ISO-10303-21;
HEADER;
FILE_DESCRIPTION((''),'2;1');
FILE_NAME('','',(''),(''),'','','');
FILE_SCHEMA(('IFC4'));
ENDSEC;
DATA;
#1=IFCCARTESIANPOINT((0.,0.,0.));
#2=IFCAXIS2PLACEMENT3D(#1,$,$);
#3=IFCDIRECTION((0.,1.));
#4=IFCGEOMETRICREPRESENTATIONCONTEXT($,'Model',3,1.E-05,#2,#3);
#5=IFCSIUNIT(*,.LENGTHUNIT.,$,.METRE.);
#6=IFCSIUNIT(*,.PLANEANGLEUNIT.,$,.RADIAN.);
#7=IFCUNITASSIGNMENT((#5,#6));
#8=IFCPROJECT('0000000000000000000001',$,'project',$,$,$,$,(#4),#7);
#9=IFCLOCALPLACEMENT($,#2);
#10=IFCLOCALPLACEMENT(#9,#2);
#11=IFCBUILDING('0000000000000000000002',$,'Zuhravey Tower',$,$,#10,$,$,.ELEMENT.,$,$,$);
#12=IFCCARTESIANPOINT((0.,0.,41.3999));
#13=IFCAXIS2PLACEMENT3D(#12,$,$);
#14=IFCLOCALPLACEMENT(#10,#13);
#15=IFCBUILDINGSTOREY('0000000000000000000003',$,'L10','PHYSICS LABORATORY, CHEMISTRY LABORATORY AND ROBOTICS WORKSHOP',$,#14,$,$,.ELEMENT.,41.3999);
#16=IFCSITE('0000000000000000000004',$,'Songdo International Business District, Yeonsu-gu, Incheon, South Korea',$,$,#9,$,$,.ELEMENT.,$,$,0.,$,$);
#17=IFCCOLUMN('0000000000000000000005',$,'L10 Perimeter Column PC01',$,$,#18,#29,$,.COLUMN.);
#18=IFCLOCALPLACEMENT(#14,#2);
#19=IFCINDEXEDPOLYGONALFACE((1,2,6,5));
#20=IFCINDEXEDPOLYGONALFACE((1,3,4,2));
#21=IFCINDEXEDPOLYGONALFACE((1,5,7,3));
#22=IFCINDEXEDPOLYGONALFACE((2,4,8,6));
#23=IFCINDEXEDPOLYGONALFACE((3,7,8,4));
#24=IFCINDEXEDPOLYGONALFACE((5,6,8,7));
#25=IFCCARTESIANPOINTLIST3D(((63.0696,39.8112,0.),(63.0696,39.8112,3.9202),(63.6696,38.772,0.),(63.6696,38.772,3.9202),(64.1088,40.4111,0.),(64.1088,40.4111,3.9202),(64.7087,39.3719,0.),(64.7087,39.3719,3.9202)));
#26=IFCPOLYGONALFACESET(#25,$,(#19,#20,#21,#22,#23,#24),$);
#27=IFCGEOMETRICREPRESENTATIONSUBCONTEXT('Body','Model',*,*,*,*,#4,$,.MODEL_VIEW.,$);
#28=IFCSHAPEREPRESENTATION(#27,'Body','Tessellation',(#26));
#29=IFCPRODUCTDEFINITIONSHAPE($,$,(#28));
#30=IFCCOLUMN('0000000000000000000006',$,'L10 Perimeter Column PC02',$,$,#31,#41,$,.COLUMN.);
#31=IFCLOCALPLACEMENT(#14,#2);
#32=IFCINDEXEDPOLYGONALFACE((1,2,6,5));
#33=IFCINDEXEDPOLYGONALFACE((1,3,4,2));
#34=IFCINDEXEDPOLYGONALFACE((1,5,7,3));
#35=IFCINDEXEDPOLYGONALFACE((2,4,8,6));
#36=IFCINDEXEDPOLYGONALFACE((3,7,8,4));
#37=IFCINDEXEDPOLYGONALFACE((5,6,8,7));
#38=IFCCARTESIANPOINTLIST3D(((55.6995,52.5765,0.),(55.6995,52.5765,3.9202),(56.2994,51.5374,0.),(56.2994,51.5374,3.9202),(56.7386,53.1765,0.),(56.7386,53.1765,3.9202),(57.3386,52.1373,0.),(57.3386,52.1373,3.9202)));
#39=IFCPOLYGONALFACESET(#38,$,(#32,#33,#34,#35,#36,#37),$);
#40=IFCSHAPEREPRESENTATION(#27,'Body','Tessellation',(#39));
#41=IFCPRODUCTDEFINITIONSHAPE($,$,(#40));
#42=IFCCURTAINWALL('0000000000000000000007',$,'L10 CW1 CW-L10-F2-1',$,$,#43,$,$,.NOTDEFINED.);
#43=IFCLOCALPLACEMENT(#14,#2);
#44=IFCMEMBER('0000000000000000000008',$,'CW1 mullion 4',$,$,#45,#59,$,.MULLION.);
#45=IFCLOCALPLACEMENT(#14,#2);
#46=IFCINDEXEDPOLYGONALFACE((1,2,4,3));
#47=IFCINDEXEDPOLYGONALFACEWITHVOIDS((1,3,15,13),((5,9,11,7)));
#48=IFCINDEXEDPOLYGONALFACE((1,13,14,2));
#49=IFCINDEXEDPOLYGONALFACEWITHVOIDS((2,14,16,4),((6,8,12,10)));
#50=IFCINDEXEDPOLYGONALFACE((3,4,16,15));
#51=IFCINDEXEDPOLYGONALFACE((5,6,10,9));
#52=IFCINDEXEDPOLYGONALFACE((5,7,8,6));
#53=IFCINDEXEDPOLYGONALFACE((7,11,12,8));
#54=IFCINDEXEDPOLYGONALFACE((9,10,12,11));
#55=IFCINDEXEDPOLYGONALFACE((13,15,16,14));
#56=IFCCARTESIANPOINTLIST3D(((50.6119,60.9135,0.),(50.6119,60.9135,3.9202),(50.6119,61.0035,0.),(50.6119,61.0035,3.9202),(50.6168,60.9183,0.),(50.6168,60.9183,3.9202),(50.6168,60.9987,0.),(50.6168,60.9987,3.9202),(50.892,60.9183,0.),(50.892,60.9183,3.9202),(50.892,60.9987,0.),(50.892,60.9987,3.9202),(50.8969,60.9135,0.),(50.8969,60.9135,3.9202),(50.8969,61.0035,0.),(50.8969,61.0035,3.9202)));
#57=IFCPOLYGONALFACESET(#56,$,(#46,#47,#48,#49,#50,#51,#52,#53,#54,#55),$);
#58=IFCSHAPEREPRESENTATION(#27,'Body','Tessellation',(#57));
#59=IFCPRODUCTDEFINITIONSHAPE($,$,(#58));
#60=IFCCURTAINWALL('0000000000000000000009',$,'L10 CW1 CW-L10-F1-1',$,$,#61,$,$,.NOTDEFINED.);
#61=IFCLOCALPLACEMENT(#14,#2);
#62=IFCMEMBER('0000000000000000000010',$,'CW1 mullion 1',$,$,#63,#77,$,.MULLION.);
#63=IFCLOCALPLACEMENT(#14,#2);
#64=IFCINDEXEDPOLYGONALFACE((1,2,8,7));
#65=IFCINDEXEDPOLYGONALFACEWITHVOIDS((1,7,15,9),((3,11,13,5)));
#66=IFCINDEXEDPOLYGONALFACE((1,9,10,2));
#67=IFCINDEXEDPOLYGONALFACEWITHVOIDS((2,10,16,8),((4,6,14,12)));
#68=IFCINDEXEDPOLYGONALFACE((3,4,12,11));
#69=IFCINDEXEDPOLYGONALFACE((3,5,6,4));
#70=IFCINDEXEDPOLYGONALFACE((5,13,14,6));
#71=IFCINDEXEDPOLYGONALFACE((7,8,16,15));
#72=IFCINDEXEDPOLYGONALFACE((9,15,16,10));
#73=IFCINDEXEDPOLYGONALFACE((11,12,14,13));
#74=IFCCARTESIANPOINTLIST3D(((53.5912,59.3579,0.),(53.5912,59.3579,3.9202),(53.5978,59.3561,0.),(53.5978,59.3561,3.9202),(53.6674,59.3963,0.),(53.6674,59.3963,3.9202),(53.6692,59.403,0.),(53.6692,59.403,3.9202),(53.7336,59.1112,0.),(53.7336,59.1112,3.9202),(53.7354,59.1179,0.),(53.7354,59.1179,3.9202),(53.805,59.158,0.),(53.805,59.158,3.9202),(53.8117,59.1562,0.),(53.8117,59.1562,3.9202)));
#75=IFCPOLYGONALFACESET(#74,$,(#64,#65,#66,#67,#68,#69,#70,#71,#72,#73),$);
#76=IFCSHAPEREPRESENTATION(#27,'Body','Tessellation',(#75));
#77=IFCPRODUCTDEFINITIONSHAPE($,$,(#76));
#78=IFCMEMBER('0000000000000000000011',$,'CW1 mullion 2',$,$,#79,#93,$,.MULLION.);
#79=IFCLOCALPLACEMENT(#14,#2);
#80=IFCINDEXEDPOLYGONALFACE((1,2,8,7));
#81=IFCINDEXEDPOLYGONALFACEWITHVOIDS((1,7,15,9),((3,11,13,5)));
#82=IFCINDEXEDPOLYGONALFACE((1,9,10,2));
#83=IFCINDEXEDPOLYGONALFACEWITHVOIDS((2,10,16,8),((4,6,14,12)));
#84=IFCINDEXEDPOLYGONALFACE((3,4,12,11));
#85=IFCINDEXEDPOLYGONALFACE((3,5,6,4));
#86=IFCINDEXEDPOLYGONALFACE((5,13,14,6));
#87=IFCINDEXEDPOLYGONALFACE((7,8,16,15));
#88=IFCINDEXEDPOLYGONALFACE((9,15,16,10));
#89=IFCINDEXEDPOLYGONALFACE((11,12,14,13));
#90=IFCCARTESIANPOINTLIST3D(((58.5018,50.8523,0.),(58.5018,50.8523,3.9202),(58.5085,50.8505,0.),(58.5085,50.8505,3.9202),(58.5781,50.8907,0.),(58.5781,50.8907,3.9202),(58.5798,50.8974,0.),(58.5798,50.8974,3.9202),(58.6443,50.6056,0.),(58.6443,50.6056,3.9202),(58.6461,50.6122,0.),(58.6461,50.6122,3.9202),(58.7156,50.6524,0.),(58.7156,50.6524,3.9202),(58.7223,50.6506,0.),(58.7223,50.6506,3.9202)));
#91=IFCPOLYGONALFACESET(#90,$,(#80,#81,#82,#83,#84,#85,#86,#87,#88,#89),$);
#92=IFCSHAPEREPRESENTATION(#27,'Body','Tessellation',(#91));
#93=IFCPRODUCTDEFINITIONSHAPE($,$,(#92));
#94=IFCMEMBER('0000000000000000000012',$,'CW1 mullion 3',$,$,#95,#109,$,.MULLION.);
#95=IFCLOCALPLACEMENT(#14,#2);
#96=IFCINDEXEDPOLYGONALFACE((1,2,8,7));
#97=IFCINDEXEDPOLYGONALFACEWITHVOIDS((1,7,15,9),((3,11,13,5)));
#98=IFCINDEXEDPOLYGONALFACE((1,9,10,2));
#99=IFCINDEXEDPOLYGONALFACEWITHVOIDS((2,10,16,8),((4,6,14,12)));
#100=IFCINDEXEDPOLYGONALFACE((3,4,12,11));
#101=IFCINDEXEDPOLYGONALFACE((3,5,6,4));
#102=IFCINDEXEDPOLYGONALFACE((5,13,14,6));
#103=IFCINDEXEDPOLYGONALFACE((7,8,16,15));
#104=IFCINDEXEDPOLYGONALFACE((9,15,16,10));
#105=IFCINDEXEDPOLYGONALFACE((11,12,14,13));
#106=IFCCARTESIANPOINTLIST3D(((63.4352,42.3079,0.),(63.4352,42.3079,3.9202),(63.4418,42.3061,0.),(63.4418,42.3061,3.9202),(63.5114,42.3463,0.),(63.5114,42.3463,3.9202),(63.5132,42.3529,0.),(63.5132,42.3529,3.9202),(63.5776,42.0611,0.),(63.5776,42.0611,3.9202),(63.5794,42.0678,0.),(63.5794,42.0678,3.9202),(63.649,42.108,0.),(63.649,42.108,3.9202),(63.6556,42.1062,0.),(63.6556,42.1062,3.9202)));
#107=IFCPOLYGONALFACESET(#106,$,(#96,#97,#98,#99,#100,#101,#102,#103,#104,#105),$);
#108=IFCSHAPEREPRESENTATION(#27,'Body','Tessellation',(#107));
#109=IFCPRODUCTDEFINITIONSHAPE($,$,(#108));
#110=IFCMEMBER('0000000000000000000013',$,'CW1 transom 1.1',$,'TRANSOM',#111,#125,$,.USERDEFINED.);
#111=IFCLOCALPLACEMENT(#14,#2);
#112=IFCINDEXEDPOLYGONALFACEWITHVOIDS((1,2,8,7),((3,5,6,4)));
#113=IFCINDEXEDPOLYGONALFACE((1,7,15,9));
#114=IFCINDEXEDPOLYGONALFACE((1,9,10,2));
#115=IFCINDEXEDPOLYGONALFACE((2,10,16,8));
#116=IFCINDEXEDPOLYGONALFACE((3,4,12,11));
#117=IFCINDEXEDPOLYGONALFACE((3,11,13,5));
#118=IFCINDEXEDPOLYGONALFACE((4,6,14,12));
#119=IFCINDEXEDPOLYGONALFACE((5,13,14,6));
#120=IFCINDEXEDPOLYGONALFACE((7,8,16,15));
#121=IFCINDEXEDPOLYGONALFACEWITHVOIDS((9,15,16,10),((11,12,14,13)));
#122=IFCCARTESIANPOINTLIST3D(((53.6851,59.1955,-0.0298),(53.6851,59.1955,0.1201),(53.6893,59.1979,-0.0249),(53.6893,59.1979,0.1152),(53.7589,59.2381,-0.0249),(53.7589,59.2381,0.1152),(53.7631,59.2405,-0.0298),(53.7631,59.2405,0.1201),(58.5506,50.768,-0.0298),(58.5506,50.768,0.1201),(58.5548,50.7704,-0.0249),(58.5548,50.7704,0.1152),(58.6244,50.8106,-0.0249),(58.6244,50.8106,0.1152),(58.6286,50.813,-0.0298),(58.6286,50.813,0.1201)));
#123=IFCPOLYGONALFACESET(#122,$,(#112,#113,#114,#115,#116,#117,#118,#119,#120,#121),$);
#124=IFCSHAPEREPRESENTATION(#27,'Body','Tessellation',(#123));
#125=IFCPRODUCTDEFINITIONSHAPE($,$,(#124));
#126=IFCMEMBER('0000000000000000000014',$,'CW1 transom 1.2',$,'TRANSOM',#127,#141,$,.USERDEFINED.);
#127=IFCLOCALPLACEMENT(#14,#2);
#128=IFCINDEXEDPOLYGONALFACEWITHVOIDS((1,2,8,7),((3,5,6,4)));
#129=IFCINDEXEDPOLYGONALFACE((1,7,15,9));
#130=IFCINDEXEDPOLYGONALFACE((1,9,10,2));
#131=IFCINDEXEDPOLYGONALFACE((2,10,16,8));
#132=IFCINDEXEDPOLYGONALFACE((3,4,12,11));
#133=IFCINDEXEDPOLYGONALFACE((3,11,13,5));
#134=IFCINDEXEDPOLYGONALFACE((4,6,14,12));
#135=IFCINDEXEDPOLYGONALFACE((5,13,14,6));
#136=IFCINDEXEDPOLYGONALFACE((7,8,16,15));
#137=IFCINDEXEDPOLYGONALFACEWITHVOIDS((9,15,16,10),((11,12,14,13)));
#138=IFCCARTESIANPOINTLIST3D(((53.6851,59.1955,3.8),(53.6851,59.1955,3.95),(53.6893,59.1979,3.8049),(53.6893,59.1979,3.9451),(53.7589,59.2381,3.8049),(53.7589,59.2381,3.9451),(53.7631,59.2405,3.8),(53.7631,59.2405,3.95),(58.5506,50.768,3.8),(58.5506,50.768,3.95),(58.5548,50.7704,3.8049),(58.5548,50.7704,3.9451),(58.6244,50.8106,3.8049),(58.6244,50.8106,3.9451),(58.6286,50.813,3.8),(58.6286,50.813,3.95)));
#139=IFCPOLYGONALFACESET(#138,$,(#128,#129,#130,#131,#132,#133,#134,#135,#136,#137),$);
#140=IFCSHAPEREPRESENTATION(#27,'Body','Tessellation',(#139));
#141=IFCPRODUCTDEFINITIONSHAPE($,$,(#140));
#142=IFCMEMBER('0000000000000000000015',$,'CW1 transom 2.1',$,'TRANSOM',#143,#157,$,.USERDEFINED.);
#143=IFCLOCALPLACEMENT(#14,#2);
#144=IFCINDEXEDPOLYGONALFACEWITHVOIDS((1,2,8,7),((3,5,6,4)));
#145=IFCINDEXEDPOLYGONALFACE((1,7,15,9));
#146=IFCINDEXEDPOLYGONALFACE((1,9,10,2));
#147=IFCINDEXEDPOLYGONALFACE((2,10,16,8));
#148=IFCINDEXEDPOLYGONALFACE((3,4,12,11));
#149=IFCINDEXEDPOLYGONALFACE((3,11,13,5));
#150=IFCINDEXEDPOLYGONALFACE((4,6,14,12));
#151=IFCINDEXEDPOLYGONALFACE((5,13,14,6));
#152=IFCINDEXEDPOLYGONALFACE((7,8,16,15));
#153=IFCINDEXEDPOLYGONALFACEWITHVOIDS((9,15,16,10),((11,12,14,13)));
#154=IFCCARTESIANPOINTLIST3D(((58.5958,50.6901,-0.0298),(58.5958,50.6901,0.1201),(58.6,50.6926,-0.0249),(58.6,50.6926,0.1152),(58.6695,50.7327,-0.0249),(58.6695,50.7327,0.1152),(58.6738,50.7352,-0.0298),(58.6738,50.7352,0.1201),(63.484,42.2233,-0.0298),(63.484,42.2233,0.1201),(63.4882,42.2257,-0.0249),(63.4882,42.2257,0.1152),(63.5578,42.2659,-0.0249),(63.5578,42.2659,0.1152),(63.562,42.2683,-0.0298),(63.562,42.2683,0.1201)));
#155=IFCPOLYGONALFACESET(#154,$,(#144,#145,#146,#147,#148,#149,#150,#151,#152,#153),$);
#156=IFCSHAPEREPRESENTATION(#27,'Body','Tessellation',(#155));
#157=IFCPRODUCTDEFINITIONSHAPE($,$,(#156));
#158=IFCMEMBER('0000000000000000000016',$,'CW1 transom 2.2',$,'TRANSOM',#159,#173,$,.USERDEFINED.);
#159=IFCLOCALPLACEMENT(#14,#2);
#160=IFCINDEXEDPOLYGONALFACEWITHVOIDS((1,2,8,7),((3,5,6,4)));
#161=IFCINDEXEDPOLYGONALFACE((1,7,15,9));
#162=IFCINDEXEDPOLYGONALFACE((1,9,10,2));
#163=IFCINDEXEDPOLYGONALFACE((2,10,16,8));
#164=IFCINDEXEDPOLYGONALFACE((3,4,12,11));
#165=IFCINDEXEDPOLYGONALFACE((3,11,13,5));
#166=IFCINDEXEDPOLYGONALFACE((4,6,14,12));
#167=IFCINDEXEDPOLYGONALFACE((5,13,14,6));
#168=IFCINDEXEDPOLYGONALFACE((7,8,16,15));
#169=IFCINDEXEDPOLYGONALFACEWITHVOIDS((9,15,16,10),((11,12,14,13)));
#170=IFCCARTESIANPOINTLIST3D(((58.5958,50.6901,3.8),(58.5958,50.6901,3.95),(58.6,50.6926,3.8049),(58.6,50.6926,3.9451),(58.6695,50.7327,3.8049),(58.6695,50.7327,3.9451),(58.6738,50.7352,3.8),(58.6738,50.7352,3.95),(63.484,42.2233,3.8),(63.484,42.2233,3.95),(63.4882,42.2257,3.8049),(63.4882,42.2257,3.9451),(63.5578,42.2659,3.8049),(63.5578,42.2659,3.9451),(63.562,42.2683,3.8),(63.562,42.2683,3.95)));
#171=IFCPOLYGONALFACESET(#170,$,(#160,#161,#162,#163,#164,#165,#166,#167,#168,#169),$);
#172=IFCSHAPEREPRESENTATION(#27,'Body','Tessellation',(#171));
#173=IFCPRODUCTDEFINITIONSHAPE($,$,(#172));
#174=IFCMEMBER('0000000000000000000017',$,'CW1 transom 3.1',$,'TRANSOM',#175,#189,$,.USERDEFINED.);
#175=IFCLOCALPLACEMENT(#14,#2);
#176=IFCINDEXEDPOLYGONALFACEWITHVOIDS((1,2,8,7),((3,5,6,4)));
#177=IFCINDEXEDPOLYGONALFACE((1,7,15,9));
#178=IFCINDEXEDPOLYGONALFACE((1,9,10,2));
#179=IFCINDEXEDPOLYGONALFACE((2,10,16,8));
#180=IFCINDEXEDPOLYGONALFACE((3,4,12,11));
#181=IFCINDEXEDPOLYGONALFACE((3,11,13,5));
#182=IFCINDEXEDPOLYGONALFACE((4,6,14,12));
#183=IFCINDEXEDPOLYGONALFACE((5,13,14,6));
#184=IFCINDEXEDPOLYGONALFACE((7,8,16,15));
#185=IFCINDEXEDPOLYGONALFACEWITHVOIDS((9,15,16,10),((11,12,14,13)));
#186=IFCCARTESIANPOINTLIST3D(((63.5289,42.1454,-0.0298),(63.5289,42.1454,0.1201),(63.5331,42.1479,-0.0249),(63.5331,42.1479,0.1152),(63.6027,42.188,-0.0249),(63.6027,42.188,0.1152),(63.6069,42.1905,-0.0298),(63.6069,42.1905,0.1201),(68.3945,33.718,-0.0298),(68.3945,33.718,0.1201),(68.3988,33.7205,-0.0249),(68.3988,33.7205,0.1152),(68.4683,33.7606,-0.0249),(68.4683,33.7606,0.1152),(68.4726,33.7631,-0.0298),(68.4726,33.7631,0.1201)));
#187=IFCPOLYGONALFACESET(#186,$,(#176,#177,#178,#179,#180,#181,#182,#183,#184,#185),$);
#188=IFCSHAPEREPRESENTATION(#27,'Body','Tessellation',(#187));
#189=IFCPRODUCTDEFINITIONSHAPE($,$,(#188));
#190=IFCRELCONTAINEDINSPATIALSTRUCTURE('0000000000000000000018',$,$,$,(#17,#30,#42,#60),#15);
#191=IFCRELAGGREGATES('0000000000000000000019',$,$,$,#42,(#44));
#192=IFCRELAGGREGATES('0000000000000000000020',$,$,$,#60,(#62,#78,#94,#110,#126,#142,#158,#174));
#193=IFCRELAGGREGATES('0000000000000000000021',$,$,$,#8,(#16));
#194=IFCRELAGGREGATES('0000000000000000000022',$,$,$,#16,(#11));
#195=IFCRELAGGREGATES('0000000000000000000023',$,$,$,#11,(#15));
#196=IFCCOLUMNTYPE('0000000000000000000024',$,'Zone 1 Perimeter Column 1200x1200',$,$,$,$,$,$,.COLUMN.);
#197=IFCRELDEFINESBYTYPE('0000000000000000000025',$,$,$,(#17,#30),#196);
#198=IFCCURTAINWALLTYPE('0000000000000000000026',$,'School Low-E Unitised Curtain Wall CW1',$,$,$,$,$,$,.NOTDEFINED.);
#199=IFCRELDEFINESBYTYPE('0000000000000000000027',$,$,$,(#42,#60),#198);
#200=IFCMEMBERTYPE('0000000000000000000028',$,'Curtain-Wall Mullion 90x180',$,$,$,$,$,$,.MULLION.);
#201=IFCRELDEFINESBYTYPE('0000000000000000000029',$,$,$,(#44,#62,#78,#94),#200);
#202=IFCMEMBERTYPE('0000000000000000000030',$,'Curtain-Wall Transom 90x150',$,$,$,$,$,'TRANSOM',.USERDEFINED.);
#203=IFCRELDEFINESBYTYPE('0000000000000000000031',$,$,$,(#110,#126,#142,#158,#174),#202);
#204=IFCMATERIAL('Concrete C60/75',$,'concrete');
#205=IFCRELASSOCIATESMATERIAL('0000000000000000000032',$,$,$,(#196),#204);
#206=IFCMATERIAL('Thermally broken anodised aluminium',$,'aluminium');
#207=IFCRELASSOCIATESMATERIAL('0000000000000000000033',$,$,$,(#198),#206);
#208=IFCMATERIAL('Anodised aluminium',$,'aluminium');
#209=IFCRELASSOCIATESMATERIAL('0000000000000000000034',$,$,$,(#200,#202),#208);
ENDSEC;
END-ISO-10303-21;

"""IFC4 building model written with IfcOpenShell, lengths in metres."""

from ifc_helpers import new_model, si_unit, direction, frame, origin, origin_2d, place, context, subcontext, project, spatial, rectangle, hollow_rectangle, extrude, material, material_profile, profile_set, type_object, element, aggregate, save


model = new_model("IFC4")

# Units and contexts
model_context = context("Model", 3, precision=1e-05, world=origin(), true_north=direction((0.0, 1.0)))
body_context = subcontext(model_context, "Body", "Model", "MODEL_VIEW")
ifc_project = project(units=[si_unit("LENGTHUNIT", "METRE"), si_unit("PLANEANGLEUNIT", "RADIAN")], contexts=[model_context])

# Site, building, storey
site_placement = place(None, origin())
site = spatial("IfcSite", under=ifc_project, at=site_placement, Name="Songdo International Business District, Yeonsu-gu, Incheon, South Korea", CompositionType="ELEMENT", RefElevation=0.0)
building_placement = place(site_placement, origin())
building = spatial("IfcBuilding", under=site, at=building_placement, Name="Zuhravey Tower", CompositionType="ELEMENT")
storey_placement = place(building_placement, frame((0.0, 0.0, 41.3999)))
storey = spatial("IfcBuildingStorey", under=building, at=storey_placement, Name="L10", Description="PHYSICS LABORATORY, CHEMISTRY LABORATORY AND ROBOTICS WORKSHOP", CompositionType="ELEMENT", Elevation=41.3999)

# Columns
ifc_material_1 = material(Name="Concrete C60/75", Category="concrete")
ifc_material_profile_1 = material_profile(ifc_material_1, rectangle(XDim=1.2, YDim=1.2, at=origin_2d()), Name="RC-1200x1200")
ifc_profile_set_1 = profile_set([ifc_material_profile_1], Name="Concrete C60/75")
column_type = type_object("IfcColumnType", Name="Zone 1 Perimeter Column 1200x1200", PredefinedType="COLUMN", material=ifc_profile_set_1)
for number, where, z_axis, x_axis, name in (
    (1, (63.8892, 39.5916, 0.0), (0.0, 0.0, 1.0), (-0.5, 0.866025, 0.0), "L10 Perimeter Column PC01"),
    (2, (56.519, 52.3569, 0.0), (0.0, 0.0, 1.0), (-0.5, 0.866025, 0.0), "L10 Perimeter Column PC02"),
):
    element("IfcColumn", number, at=place(storey_placement, frame(where, z_axis=z_axis, x_axis=x_axis)), inside=storey, type_object=column_type, Name=name, PredefinedType="COLUMN", context=body_context, shape_type="SweptSolid", body=[
        extrude(rectangle(XDim=1.2, YDim=1.2, at=origin_2d()), origin(), (0.0, 0.0, 1.0), 3.9202),
    ])

# Curtain wall, member
ifc_material_2 = material(Name="Thermally broken anodised aluminium", Category="aluminium")
curtain_wall_type = type_object("IfcCurtainWallType", Name="School Low-E Unitised Curtain Wall CW1", PredefinedType="NOTDEFINED", material=ifc_material_2)
curtain_wall_1_placement = place(storey_placement, origin())
curtain_wall_1 = element("IfcCurtainWall", 3, at=curtain_wall_1_placement, inside=storey, type_object=curtain_wall_type, Name="L10 CW1 CW-L10-F2-1", PredefinedType="NOTDEFINED")
ifc_material_3 = material(Name="Anodised aluminium", Category="aluminium")
ifc_material_profile_2 = material_profile(ifc_material_3, hollow_rectangle(XDim=0.0901, YDim=0.2849, WallThickness=0.0049, at=origin_2d()), Name="ALU-RHS-90x285x5")
ifc_profile_set_2 = profile_set([ifc_material_profile_2], Name="Anodised aluminium")
member_type_1 = type_object("IfcMemberType", Name="Curtain-Wall Mullion 90x180", PredefinedType="MULLION", material=ifc_profile_set_2)
member_1_placement = place(storey_placement, frame((50.7544, 60.9585, 0.0), z_axis=(0.0, 0.0, 1.0), x_axis=(0.0, 1.0, 0.0)))
member_1 = element("IfcMember", 4, at=member_1_placement, type_object=member_type_1, Name="CW1 mullion 4", PredefinedType="MULLION", context=body_context, shape_type="SweptSolid", body=[
    extrude(hollow_rectangle(XDim=0.0901, YDim=0.2849, WallThickness=0.0049, at=origin_2d()), origin(), (0.0, 0.0, 1.0), 3.9202),
])
aggregate(curtain_wall_1, [member_1])

# Curtain wall, members
curtain_wall_2_placement = place(storey_placement, origin())
curtain_wall_2 = element("IfcCurtainWall", 5, at=curtain_wall_2_placement, inside=storey, type_object=curtain_wall_type, Name="L10 CW1 CW-L10-F1-1", PredefinedType="NOTDEFINED")
member_2_placement = place(storey_placement, frame((53.7014, 59.2571, 0.0), z_axis=(0.0, 0.0, 1.0), x_axis=(0.866026, 0.5, 0.0)))
member_2 = element("IfcMember", 6, at=member_2_placement, type_object=member_type_1, Name="CW1 mullion 1", PredefinedType="MULLION", context=body_context, shape_type="SweptSolid", body=[
    extrude(hollow_rectangle(XDim=0.0901, YDim=0.2849, WallThickness=0.0049, at=origin_2d()), origin(), (0.0, 0.0, 1.0), 3.9202),
])
member_3_placement = place(storey_placement, frame((58.6121, 50.7515, 0.0), z_axis=(0.0, 0.0, 1.0), x_axis=(0.866026, 0.5, 0.0)))
member_3 = element("IfcMember", 7, at=member_3_placement, type_object=member_type_1, Name="CW1 mullion 2", PredefinedType="MULLION", context=body_context, shape_type="SweptSolid", body=[
    extrude(hollow_rectangle(XDim=0.0901, YDim=0.2849, WallThickness=0.0049, at=origin_2d()), origin(), (0.0, 0.0, 1.0), 3.9202),
])
member_4_placement = place(storey_placement, frame((63.5454, 42.207, 0.0), z_axis=(0.0, 0.0, 1.0), x_axis=(0.866026, 0.5, 0.0)))
member_4 = element("IfcMember", 8, at=member_4_placement, type_object=member_type_1, Name="CW1 mullion 3", PredefinedType="MULLION", context=body_context, shape_type="SweptSolid", body=[
    extrude(hollow_rectangle(XDim=0.0901, YDim=0.2849, WallThickness=0.0049, at=origin_2d()), origin(), (0.0, 0.0, 1.0), 3.9202),
])
ifc_material_profile_3 = material_profile(ifc_material_3, hollow_rectangle(XDim=0.0901, YDim=0.1499, WallThickness=0.0049, at=origin_2d()), Name="ALU-RHS-90x150x5")
ifc_profile_set_3 = profile_set([ifc_material_profile_3], Name="Anodised aluminium")
member_type_2 = type_object("IfcMemberType", Name="Curtain-Wall Transom 90x150", ElementType="TRANSOM", PredefinedType="USERDEFINED", material=ifc_profile_set_3)
member_5_placement = place(storey_placement, frame((53.7241, 59.218, 0.0452), z_axis=(0.49999, -0.866031, 0.0), x_axis=(0.866031, 0.49999, 0.0)))
member_5 = element("IfcMember", 9, at=member_5_placement, type_object=member_type_2, Name="CW1 transom 1.1", ObjectType="TRANSOM", PredefinedType="USERDEFINED", context=body_context, shape_type="SweptSolid", body=[
    extrude(hollow_rectangle(XDim=0.0901, YDim=0.1499, WallThickness=0.0049, at=origin_2d()), origin(), (0.0, 0.0, 1.0), 9.7312),
])
member_6_placement = place(storey_placement, frame((53.7241, 59.218, 3.875), z_axis=(0.49999, -0.866031, 0.0), x_axis=(0.866031, 0.49999, 0.0)))
member_6 = element("IfcMember", 10, at=member_6_placement, type_object=member_type_2, Name="CW1 transom 1.2", ObjectType="TRANSOM", PredefinedType="USERDEFINED", context=body_context, shape_type="SweptSolid", body=[
    extrude(hollow_rectangle(XDim=0.0901, YDim=0.1499, WallThickness=0.0049, at=origin_2d()), origin(), (0.0, 0.0, 1.0), 9.7312),
])
member_7_placement = place(storey_placement, frame((58.6348, 50.7126, 0.0452), z_axis=(0.49999, -0.866031, 0.0), x_axis=(0.866031, 0.49999, 0.0)))
member_7 = element("IfcMember", 11, at=member_7_placement, type_object=member_type_2, Name="CW1 transom 2.1", ObjectType="TRANSOM", PredefinedType="USERDEFINED", context=body_context, shape_type="SweptSolid", body=[
    extrude(hollow_rectangle(XDim=0.0901, YDim=0.1499, WallThickness=0.0049, at=origin_2d()), origin(), (0.0, 0.0, 1.0), 9.7766),
])
member_8_placement = place(storey_placement, frame((58.6348, 50.7126, 3.875), z_axis=(0.49999, -0.866031, 0.0), x_axis=(0.866031, 0.49999, 0.0)))
member_8 = element("IfcMember", 12, at=member_8_placement, type_object=member_type_2, Name="CW1 transom 2.2", ObjectType="TRANSOM", PredefinedType="USERDEFINED", context=body_context, shape_type="SweptSolid", body=[
    extrude(hollow_rectangle(XDim=0.0901, YDim=0.1499, WallThickness=0.0049, at=origin_2d()), origin(), (0.0, 0.0, 1.0), 9.7766),
])
member_9_placement = place(storey_placement, frame((63.5679, 42.168, 0.0452), z_axis=(0.500008, -0.866021, 0.0), x_axis=(0.866021, 0.500008, 0.0)))
member_9 = element("IfcMember", 13, at=member_9_placement, type_object=member_type_2, Name="CW1 transom 3.1", ObjectType="TRANSOM", PredefinedType="USERDEFINED", context=body_context, shape_type="SweptSolid", body=[
    extrude(hollow_rectangle(XDim=0.0901, YDim=0.1499, WallThickness=0.0049, at=origin_2d()), origin(), (0.0, 0.0, 1.0), 9.7312),
])

aggregate(curtain_wall_2, [member_2, member_3, member_4, member_5, member_6, member_7, member_8, member_9])

save(model, "model.ifc")
